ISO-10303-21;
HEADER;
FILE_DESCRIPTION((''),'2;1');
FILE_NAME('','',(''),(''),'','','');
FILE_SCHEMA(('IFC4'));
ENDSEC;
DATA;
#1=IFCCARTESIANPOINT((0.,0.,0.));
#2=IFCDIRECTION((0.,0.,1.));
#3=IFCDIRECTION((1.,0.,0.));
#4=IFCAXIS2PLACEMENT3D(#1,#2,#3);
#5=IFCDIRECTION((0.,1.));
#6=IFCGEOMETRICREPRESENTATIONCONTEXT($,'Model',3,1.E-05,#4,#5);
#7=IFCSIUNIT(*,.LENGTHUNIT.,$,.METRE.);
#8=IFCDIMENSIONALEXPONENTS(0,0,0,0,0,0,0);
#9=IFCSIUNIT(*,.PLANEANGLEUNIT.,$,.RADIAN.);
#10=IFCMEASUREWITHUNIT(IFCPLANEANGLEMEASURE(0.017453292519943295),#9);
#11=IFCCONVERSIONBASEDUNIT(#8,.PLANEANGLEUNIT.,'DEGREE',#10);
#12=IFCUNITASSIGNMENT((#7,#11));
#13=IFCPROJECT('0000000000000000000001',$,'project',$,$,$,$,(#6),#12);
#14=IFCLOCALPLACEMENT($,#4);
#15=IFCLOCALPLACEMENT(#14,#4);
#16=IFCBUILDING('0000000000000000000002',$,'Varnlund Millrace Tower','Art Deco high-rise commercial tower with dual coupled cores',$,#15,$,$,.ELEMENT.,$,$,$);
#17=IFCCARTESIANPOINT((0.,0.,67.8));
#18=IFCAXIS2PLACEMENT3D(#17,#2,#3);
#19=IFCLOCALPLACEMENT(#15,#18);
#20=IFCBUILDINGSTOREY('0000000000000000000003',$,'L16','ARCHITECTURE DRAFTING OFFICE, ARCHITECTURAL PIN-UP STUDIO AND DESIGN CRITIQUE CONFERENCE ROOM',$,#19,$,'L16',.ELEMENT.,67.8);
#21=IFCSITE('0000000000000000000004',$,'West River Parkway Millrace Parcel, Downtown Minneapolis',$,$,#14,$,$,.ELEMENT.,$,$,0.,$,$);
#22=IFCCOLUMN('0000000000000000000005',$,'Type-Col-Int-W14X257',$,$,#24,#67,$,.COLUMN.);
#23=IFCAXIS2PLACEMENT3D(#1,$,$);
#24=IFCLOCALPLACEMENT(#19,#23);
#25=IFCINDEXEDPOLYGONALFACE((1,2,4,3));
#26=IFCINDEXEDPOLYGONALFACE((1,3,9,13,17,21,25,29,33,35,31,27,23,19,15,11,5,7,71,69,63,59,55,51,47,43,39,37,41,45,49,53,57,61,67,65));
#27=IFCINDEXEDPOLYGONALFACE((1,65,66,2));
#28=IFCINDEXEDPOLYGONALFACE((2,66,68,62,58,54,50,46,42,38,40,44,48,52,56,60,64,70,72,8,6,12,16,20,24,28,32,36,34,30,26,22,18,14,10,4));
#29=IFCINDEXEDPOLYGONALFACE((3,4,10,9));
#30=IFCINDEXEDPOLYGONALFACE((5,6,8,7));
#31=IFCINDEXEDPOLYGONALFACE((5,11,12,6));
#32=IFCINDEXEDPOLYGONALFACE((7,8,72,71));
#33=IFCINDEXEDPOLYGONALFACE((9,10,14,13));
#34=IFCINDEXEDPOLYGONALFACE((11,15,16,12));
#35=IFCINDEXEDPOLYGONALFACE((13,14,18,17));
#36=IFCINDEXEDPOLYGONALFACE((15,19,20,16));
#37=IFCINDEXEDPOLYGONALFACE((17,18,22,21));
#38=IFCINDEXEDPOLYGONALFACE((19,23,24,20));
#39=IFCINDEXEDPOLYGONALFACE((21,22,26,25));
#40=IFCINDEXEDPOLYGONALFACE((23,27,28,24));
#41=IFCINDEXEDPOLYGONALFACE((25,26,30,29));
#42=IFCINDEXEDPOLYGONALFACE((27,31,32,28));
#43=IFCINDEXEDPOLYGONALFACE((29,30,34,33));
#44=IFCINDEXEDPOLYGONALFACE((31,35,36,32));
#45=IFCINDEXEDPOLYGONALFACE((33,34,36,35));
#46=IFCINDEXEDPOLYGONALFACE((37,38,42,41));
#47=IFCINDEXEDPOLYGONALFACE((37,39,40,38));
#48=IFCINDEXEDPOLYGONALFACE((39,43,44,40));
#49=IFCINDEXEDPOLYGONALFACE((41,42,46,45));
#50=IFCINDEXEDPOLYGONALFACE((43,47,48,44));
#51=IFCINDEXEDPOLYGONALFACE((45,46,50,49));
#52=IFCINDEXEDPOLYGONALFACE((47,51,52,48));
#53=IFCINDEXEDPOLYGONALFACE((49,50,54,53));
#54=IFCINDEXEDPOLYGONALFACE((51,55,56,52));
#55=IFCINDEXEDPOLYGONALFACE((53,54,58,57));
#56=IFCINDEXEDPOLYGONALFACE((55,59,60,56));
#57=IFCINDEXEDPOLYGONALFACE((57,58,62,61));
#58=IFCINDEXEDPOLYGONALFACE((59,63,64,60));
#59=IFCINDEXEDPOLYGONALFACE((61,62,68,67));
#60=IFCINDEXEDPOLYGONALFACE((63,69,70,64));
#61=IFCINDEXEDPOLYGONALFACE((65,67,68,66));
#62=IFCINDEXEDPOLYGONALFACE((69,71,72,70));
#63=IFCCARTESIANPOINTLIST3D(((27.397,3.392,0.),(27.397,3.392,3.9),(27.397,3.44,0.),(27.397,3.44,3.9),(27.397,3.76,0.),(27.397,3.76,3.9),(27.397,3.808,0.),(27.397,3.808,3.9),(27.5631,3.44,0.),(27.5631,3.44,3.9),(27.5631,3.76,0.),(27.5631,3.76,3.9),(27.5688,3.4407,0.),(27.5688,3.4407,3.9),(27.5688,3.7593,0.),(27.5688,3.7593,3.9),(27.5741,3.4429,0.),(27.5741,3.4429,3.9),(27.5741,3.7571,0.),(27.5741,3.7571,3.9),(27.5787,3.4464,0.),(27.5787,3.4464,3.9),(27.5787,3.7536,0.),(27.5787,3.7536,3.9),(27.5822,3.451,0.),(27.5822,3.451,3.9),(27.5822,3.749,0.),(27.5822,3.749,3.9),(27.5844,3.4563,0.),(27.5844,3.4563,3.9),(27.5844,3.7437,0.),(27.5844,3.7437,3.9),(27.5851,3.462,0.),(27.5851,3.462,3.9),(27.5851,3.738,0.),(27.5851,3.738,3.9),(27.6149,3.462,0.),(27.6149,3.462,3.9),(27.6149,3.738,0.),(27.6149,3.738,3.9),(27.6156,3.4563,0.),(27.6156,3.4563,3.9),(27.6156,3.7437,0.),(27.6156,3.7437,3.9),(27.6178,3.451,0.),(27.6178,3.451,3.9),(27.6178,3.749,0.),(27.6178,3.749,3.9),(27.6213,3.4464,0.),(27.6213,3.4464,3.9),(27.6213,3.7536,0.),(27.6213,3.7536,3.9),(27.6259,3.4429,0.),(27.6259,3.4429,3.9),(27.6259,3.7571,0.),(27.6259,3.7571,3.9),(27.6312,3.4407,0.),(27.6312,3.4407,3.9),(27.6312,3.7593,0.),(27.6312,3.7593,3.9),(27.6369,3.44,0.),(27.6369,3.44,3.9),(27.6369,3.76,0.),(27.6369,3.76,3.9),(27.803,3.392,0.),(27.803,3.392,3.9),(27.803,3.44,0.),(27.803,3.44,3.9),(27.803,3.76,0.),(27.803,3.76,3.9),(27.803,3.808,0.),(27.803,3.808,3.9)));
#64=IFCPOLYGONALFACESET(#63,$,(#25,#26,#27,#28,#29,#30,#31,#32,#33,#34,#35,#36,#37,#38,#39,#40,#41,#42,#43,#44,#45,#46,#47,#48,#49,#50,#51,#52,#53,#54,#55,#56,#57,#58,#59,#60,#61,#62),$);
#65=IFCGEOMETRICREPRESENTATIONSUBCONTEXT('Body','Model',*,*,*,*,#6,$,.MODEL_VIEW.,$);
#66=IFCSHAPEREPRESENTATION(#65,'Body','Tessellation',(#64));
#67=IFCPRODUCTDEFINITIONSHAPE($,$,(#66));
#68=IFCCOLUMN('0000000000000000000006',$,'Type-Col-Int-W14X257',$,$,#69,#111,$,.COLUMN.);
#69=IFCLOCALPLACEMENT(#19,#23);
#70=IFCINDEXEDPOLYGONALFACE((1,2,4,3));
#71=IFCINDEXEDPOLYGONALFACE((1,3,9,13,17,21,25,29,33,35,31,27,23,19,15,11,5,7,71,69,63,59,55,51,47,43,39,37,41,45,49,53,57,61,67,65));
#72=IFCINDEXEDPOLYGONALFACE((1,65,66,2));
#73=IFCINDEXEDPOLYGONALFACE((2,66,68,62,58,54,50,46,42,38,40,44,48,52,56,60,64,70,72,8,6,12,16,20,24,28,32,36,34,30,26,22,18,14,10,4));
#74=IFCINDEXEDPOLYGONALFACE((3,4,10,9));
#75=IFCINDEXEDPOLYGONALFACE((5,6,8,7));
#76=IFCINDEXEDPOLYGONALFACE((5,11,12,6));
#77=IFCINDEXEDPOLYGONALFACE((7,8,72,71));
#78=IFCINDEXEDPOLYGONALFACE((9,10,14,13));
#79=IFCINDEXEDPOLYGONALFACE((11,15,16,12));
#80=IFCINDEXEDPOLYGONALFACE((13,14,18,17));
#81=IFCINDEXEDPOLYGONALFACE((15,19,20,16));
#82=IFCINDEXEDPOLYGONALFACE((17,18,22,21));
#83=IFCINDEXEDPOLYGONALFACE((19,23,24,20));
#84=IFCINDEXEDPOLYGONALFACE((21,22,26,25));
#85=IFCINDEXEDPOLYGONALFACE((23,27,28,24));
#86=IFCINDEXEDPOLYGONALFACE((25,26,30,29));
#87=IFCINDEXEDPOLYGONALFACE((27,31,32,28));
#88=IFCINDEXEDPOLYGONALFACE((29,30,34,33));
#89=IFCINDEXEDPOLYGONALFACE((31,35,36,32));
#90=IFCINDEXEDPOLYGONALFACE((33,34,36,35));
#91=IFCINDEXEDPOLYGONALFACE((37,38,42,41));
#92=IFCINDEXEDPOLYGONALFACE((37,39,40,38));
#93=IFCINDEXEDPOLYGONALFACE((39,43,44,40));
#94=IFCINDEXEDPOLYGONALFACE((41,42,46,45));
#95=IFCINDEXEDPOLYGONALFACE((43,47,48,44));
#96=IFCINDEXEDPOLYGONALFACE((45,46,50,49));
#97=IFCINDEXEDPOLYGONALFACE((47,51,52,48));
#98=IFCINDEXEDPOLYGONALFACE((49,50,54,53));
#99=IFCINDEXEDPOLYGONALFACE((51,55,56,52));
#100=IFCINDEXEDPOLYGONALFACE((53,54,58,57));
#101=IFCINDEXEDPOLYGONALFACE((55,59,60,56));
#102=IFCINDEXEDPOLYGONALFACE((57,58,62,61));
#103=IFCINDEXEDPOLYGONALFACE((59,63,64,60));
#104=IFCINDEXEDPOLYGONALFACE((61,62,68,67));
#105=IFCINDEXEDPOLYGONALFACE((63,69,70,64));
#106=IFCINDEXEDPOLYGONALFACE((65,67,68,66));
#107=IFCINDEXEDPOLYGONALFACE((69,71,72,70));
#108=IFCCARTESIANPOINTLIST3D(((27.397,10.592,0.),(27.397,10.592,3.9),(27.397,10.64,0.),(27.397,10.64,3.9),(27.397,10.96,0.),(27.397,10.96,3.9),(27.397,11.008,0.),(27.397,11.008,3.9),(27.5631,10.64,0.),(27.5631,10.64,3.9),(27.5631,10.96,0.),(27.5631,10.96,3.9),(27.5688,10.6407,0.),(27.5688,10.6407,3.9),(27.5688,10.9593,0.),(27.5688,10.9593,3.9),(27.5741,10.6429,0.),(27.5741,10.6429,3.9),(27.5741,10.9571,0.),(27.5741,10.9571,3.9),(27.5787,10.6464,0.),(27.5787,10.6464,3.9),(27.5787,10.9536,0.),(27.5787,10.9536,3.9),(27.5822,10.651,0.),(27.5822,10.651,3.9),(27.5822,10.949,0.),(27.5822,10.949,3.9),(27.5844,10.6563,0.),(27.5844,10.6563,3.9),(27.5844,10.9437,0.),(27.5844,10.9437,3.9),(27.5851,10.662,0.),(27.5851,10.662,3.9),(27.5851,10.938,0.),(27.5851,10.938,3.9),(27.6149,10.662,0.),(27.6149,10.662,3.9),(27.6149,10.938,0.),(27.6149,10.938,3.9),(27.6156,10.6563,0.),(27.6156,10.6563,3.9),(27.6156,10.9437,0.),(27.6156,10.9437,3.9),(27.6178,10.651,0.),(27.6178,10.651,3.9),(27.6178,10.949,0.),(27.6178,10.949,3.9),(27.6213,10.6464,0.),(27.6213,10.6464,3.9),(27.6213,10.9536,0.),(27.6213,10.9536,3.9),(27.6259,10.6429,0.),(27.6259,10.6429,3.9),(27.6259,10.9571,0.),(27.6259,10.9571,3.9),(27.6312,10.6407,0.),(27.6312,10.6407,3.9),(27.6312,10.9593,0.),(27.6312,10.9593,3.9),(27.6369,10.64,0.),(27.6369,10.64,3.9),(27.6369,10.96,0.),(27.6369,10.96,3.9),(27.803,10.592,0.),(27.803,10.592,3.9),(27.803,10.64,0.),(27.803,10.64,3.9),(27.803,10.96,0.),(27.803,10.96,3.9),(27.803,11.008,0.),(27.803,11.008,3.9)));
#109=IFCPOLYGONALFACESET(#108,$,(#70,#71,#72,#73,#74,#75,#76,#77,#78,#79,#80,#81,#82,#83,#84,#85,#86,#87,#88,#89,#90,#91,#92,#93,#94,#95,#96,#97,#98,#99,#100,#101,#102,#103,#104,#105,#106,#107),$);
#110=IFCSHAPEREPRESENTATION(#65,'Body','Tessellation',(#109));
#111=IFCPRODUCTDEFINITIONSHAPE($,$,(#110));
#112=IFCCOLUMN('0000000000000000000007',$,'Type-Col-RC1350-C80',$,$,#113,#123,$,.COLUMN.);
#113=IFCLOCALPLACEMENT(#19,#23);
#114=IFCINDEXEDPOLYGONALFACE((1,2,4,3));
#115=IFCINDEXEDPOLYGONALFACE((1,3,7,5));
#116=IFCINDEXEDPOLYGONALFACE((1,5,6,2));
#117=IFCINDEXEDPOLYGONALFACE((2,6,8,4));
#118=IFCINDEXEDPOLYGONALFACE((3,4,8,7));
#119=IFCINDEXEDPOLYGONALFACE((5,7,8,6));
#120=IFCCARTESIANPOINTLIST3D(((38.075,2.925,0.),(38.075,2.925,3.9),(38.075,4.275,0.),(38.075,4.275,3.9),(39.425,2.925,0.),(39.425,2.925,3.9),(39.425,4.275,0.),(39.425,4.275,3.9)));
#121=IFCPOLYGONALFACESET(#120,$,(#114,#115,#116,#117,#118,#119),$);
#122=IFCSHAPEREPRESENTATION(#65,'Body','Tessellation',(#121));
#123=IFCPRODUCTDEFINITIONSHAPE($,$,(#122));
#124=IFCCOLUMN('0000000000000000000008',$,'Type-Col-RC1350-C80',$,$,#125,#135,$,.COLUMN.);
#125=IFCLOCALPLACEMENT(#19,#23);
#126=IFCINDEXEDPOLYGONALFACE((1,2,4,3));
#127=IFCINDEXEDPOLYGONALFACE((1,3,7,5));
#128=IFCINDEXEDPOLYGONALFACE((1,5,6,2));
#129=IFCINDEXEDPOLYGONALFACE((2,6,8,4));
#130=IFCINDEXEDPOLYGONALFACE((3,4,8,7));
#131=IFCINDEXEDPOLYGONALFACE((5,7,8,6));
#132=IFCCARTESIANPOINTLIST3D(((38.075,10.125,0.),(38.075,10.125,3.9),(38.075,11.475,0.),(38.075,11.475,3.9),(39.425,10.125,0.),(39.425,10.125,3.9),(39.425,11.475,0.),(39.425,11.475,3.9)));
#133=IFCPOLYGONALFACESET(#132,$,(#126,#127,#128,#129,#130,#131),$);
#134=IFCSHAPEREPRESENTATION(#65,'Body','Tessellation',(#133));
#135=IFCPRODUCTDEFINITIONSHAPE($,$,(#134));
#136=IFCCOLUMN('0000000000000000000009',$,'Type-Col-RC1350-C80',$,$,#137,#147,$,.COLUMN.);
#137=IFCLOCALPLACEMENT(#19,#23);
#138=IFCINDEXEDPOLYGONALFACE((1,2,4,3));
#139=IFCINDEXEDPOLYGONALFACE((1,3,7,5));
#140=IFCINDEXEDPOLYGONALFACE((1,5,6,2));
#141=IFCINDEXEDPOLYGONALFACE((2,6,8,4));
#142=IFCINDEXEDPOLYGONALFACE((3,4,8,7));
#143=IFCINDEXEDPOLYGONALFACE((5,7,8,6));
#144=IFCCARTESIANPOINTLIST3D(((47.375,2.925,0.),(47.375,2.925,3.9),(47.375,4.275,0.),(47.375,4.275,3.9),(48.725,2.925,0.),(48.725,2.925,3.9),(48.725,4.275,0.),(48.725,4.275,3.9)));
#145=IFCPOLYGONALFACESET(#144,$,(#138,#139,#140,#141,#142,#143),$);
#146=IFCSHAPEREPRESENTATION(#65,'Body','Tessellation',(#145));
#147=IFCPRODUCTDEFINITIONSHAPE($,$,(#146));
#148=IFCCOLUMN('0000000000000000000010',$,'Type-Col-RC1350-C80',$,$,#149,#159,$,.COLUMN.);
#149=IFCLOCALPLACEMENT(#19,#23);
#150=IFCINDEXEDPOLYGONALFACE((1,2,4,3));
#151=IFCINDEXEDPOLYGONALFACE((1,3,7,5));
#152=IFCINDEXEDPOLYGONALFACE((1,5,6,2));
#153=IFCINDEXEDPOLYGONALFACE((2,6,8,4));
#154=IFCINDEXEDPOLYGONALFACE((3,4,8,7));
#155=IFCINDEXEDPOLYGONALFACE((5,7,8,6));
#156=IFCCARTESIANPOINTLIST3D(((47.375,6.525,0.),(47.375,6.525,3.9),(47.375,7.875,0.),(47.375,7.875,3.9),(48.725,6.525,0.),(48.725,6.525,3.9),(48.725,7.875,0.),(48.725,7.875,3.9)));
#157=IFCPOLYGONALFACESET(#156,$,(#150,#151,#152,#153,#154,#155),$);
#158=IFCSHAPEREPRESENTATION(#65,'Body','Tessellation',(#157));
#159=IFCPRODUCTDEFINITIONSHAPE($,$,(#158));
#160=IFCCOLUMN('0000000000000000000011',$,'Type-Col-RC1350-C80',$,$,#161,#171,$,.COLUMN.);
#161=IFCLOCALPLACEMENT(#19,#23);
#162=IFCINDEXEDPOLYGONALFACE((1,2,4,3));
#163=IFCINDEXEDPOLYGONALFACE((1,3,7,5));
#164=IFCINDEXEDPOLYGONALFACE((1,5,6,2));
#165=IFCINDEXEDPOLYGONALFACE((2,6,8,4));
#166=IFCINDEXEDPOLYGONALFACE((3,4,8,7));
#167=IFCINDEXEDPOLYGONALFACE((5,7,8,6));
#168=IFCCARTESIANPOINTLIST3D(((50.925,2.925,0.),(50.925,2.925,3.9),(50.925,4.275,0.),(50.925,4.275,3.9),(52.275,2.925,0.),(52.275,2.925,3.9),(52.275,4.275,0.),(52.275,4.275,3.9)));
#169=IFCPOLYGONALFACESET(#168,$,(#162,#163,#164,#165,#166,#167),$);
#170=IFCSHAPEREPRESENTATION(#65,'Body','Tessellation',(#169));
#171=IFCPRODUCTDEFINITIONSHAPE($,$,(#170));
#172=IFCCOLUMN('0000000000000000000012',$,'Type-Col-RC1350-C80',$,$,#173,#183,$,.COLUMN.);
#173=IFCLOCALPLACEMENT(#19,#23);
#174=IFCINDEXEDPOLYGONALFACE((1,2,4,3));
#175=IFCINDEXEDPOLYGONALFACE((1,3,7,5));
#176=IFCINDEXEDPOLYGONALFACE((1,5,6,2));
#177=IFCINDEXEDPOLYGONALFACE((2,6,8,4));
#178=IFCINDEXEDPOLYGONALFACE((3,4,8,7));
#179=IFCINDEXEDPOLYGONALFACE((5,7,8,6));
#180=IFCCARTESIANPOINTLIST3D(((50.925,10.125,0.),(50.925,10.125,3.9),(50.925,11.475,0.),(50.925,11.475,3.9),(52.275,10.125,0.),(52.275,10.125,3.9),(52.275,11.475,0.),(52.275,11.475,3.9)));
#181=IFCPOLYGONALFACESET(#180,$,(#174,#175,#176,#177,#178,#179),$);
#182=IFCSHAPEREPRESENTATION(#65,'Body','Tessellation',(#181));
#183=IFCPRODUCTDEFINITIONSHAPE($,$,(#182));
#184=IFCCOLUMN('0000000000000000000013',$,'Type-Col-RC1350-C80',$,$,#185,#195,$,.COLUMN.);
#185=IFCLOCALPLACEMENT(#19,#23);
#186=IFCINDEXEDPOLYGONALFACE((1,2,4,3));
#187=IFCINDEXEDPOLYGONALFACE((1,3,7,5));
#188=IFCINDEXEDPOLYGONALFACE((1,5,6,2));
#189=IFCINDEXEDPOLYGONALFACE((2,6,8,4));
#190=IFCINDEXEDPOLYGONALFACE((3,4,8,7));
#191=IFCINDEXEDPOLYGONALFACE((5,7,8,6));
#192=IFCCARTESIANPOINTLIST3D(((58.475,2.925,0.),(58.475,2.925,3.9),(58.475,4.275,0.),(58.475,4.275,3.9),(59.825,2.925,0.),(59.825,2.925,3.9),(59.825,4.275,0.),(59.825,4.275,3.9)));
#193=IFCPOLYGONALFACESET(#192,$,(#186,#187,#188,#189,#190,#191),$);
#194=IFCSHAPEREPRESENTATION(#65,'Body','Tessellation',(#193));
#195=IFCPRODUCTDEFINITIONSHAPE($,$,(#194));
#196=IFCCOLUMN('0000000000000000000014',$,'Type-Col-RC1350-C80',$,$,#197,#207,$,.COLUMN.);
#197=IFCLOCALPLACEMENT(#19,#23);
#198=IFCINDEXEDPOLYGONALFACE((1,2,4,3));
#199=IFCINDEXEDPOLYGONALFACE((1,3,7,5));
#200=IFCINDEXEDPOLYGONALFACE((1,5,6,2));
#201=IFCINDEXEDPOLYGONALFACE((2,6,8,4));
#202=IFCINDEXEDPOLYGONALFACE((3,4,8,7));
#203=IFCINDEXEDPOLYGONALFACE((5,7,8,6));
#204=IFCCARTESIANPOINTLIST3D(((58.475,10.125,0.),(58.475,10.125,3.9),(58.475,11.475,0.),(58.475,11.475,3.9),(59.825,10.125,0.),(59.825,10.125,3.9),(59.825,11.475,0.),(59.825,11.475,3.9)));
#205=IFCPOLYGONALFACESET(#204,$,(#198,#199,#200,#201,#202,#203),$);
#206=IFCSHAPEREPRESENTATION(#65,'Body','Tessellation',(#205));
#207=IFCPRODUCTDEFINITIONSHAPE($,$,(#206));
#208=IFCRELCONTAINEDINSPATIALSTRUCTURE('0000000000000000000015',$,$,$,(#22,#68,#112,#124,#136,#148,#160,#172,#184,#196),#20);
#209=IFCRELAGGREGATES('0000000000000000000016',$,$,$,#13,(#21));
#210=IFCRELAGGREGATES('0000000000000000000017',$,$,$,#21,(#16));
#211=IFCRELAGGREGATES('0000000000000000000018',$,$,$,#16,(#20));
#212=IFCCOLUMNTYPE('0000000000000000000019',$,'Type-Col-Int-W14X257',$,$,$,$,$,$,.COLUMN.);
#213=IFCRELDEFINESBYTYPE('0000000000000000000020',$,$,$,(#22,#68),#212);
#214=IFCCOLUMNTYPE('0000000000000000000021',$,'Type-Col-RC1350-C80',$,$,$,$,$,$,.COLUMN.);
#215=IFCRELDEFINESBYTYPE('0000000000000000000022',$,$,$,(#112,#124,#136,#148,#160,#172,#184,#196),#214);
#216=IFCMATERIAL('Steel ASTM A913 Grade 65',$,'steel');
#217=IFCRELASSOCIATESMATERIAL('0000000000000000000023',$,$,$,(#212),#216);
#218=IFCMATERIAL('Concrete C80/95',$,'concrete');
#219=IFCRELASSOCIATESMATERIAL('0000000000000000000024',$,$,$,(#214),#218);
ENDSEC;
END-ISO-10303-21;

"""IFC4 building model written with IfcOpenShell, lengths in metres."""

from ifc_helpers import new_model, entity, si_unit, converted_unit, direction, frame, origin_with_axes, origin_2d_with_axis, place, context, subcontext, project, spatial, rectangle, i_section, extrude, material, material_profile, profile_set, type_object, element, save


model = new_model("IFC4")

# Units and contexts
model_context = context("Model", 3, precision=1e-05, world=origin_with_axes(), true_north=direction((0.0, 1.0)))
body_context = subcontext(model_context, "Body", "Model", "MODEL_VIEW")
ifc_project = project(units=[si_unit("LENGTHUNIT", "METRE"), converted_unit("PLANEANGLEUNIT", "DEGREE", entity("IfcPlaneAngleMeasure", 0.017453292519943295), si_unit("PLANEANGLEUNIT", "RADIAN"), dimensions=[0, 0, 0, 0, 0, 0, 0])], contexts=[model_context])

# Site, building, storey
site_placement = place(None, origin_with_axes())
site = spatial("IfcSite", under=ifc_project, at=site_placement, Name="West River Parkway Millrace Parcel, Downtown Minneapolis", CompositionType="ELEMENT", RefElevation=0.0)
building_placement = place(site_placement, origin_with_axes())
building = spatial("IfcBuilding", under=site, at=building_placement, Name="Varnlund Millrace Tower", Description="Art Deco high-rise commercial tower with dual coupled cores", CompositionType="ELEMENT")
storey_placement = place(building_placement, frame((0.0, 0.0, 67.8), z_axis=(0.0, 0.0, 1.0), x_axis=(1.0, 0.0, 0.0)))
storey = spatial("IfcBuildingStorey", under=building, at=storey_placement, Name="L16", Description="ARCHITECTURE DRAFTING OFFICE, ARCHITECTURAL PIN-UP STUDIO AND DESIGN CRITIQUE CONFERENCE ROOM", LongName="L16", CompositionType="ELEMENT", Elevation=67.8)

# Columns
ifc_material_1 = material(Name="Steel ASTM A913 Grade 65", Category="steel")
ifc_material_profile_1 = material_profile(ifc_material_1, i_section(OverallWidth=0.406, OverallDepth=0.416, WebThickness=0.0298, FlangeThickness=0.048, FilletRadius=0.022, at=origin_2d_with_axis()), Name="Steel ASTM A913 Grade 65")
ifc_profile_set_1 = profile_set([ifc_material_profile_1], Name="Steel ASTM A913 Grade 65")
column_type_1 = type_object("IfcColumnType", Name="Type-Col-Int-W14X257", PredefinedType="COLUMN", material=ifc_profile_set_1)
for number, where, z_axis, x_axis, name in (
    (1, (27.6, 3.6, 0.0), (0.0, 0.0, 1.0), (1.0, 0.0, 0.0), "Type-Col-Int-W14X257"),
    (2, (27.6, 10.8, 0.0), (0.0, 0.0, 1.0), (1.0, 0.0, 0.0), "Type-Col-Int-W14X257"),
):
    element("IfcColumn", number, at=place(storey_placement, frame(where, z_axis=z_axis, x_axis=x_axis)), inside=storey, type_object=column_type_1, Name=name, PredefinedType="COLUMN", context=body_context, shape_type="SweptSolid", body=[
        extrude(i_section(OverallWidth=0.406, OverallDepth=0.416, WebThickness=0.0298, FlangeThickness=0.048, FilletRadius=0.022, at=origin_2d_with_axis()), origin_with_axes(), (0.0, 0.0, 1.0), 3.9),
    ])
ifc_material_2 = material(Name="Concrete C80/95", Category="concrete")
ifc_material_profile_2 = material_profile(ifc_material_2, rectangle(XDim=1.35, YDim=1.35, at=origin_2d_with_axis()), Name="Concrete C80/95")
ifc_profile_set_2 = profile_set([ifc_material_profile_2], Name="Concrete C80/95")
column_type_2 = type_object("IfcColumnType", Name="Type-Col-RC1350-C80", PredefinedType="COLUMN", material=ifc_profile_set_2)
for number, where, z_axis, x_axis, name in (
    (3, (38.75, 3.6, 0.0), (0.0, 0.0, 1.0), (1.0, 0.0, 0.0), "Type-Col-RC1350-C80"),
    (4, (38.75, 10.8, 0.0), (0.0, 0.0, 1.0), (1.0, 0.0, 0.0), "Type-Col-RC1350-C80"),
    (5, (48.05, 3.6, 0.0), (0.0, 0.0, 1.0), (1.0, 0.0, 0.0), "Type-Col-RC1350-C80"),
    (6, (48.05, 7.2, 0.0), (0.0, 0.0, 1.0), (1.0, 0.0, 0.0), "Type-Col-RC1350-C80"),
    (7, (51.6, 3.6, 0.0), (0.0, 0.0, 1.0), (1.0, 0.0, 0.0), "Type-Col-RC1350-C80"),
    (8, (51.6, 10.8, 0.0), (0.0, 0.0, 1.0), (1.0, 0.0, 0.0), "Type-Col-RC1350-C80"),
    (9, (59.15, 3.6, 0.0), (0.0, 0.0, 1.0), (1.0, 0.0, 0.0), "Type-Col-RC1350-C80"),
    (10, (59.15, 10.8, 0.0), (0.0, 0.0, 1.0), (1.0, 0.0, 0.0), "Type-Col-RC1350-C80"),
):
    element("IfcColumn", number, at=place(storey_placement, frame(where, z_axis=z_axis, x_axis=x_axis)), inside=storey, type_object=column_type_2, Name=name, PredefinedType="COLUMN", context=body_context, shape_type="SweptSolid", body=[
        extrude(rectangle(XDim=1.35, YDim=1.35, at=origin_2d_with_axis()), origin_with_axes(), (0.0, 0.0, 1.0), 3.9),
    ])

save(model, "model.ifc")
